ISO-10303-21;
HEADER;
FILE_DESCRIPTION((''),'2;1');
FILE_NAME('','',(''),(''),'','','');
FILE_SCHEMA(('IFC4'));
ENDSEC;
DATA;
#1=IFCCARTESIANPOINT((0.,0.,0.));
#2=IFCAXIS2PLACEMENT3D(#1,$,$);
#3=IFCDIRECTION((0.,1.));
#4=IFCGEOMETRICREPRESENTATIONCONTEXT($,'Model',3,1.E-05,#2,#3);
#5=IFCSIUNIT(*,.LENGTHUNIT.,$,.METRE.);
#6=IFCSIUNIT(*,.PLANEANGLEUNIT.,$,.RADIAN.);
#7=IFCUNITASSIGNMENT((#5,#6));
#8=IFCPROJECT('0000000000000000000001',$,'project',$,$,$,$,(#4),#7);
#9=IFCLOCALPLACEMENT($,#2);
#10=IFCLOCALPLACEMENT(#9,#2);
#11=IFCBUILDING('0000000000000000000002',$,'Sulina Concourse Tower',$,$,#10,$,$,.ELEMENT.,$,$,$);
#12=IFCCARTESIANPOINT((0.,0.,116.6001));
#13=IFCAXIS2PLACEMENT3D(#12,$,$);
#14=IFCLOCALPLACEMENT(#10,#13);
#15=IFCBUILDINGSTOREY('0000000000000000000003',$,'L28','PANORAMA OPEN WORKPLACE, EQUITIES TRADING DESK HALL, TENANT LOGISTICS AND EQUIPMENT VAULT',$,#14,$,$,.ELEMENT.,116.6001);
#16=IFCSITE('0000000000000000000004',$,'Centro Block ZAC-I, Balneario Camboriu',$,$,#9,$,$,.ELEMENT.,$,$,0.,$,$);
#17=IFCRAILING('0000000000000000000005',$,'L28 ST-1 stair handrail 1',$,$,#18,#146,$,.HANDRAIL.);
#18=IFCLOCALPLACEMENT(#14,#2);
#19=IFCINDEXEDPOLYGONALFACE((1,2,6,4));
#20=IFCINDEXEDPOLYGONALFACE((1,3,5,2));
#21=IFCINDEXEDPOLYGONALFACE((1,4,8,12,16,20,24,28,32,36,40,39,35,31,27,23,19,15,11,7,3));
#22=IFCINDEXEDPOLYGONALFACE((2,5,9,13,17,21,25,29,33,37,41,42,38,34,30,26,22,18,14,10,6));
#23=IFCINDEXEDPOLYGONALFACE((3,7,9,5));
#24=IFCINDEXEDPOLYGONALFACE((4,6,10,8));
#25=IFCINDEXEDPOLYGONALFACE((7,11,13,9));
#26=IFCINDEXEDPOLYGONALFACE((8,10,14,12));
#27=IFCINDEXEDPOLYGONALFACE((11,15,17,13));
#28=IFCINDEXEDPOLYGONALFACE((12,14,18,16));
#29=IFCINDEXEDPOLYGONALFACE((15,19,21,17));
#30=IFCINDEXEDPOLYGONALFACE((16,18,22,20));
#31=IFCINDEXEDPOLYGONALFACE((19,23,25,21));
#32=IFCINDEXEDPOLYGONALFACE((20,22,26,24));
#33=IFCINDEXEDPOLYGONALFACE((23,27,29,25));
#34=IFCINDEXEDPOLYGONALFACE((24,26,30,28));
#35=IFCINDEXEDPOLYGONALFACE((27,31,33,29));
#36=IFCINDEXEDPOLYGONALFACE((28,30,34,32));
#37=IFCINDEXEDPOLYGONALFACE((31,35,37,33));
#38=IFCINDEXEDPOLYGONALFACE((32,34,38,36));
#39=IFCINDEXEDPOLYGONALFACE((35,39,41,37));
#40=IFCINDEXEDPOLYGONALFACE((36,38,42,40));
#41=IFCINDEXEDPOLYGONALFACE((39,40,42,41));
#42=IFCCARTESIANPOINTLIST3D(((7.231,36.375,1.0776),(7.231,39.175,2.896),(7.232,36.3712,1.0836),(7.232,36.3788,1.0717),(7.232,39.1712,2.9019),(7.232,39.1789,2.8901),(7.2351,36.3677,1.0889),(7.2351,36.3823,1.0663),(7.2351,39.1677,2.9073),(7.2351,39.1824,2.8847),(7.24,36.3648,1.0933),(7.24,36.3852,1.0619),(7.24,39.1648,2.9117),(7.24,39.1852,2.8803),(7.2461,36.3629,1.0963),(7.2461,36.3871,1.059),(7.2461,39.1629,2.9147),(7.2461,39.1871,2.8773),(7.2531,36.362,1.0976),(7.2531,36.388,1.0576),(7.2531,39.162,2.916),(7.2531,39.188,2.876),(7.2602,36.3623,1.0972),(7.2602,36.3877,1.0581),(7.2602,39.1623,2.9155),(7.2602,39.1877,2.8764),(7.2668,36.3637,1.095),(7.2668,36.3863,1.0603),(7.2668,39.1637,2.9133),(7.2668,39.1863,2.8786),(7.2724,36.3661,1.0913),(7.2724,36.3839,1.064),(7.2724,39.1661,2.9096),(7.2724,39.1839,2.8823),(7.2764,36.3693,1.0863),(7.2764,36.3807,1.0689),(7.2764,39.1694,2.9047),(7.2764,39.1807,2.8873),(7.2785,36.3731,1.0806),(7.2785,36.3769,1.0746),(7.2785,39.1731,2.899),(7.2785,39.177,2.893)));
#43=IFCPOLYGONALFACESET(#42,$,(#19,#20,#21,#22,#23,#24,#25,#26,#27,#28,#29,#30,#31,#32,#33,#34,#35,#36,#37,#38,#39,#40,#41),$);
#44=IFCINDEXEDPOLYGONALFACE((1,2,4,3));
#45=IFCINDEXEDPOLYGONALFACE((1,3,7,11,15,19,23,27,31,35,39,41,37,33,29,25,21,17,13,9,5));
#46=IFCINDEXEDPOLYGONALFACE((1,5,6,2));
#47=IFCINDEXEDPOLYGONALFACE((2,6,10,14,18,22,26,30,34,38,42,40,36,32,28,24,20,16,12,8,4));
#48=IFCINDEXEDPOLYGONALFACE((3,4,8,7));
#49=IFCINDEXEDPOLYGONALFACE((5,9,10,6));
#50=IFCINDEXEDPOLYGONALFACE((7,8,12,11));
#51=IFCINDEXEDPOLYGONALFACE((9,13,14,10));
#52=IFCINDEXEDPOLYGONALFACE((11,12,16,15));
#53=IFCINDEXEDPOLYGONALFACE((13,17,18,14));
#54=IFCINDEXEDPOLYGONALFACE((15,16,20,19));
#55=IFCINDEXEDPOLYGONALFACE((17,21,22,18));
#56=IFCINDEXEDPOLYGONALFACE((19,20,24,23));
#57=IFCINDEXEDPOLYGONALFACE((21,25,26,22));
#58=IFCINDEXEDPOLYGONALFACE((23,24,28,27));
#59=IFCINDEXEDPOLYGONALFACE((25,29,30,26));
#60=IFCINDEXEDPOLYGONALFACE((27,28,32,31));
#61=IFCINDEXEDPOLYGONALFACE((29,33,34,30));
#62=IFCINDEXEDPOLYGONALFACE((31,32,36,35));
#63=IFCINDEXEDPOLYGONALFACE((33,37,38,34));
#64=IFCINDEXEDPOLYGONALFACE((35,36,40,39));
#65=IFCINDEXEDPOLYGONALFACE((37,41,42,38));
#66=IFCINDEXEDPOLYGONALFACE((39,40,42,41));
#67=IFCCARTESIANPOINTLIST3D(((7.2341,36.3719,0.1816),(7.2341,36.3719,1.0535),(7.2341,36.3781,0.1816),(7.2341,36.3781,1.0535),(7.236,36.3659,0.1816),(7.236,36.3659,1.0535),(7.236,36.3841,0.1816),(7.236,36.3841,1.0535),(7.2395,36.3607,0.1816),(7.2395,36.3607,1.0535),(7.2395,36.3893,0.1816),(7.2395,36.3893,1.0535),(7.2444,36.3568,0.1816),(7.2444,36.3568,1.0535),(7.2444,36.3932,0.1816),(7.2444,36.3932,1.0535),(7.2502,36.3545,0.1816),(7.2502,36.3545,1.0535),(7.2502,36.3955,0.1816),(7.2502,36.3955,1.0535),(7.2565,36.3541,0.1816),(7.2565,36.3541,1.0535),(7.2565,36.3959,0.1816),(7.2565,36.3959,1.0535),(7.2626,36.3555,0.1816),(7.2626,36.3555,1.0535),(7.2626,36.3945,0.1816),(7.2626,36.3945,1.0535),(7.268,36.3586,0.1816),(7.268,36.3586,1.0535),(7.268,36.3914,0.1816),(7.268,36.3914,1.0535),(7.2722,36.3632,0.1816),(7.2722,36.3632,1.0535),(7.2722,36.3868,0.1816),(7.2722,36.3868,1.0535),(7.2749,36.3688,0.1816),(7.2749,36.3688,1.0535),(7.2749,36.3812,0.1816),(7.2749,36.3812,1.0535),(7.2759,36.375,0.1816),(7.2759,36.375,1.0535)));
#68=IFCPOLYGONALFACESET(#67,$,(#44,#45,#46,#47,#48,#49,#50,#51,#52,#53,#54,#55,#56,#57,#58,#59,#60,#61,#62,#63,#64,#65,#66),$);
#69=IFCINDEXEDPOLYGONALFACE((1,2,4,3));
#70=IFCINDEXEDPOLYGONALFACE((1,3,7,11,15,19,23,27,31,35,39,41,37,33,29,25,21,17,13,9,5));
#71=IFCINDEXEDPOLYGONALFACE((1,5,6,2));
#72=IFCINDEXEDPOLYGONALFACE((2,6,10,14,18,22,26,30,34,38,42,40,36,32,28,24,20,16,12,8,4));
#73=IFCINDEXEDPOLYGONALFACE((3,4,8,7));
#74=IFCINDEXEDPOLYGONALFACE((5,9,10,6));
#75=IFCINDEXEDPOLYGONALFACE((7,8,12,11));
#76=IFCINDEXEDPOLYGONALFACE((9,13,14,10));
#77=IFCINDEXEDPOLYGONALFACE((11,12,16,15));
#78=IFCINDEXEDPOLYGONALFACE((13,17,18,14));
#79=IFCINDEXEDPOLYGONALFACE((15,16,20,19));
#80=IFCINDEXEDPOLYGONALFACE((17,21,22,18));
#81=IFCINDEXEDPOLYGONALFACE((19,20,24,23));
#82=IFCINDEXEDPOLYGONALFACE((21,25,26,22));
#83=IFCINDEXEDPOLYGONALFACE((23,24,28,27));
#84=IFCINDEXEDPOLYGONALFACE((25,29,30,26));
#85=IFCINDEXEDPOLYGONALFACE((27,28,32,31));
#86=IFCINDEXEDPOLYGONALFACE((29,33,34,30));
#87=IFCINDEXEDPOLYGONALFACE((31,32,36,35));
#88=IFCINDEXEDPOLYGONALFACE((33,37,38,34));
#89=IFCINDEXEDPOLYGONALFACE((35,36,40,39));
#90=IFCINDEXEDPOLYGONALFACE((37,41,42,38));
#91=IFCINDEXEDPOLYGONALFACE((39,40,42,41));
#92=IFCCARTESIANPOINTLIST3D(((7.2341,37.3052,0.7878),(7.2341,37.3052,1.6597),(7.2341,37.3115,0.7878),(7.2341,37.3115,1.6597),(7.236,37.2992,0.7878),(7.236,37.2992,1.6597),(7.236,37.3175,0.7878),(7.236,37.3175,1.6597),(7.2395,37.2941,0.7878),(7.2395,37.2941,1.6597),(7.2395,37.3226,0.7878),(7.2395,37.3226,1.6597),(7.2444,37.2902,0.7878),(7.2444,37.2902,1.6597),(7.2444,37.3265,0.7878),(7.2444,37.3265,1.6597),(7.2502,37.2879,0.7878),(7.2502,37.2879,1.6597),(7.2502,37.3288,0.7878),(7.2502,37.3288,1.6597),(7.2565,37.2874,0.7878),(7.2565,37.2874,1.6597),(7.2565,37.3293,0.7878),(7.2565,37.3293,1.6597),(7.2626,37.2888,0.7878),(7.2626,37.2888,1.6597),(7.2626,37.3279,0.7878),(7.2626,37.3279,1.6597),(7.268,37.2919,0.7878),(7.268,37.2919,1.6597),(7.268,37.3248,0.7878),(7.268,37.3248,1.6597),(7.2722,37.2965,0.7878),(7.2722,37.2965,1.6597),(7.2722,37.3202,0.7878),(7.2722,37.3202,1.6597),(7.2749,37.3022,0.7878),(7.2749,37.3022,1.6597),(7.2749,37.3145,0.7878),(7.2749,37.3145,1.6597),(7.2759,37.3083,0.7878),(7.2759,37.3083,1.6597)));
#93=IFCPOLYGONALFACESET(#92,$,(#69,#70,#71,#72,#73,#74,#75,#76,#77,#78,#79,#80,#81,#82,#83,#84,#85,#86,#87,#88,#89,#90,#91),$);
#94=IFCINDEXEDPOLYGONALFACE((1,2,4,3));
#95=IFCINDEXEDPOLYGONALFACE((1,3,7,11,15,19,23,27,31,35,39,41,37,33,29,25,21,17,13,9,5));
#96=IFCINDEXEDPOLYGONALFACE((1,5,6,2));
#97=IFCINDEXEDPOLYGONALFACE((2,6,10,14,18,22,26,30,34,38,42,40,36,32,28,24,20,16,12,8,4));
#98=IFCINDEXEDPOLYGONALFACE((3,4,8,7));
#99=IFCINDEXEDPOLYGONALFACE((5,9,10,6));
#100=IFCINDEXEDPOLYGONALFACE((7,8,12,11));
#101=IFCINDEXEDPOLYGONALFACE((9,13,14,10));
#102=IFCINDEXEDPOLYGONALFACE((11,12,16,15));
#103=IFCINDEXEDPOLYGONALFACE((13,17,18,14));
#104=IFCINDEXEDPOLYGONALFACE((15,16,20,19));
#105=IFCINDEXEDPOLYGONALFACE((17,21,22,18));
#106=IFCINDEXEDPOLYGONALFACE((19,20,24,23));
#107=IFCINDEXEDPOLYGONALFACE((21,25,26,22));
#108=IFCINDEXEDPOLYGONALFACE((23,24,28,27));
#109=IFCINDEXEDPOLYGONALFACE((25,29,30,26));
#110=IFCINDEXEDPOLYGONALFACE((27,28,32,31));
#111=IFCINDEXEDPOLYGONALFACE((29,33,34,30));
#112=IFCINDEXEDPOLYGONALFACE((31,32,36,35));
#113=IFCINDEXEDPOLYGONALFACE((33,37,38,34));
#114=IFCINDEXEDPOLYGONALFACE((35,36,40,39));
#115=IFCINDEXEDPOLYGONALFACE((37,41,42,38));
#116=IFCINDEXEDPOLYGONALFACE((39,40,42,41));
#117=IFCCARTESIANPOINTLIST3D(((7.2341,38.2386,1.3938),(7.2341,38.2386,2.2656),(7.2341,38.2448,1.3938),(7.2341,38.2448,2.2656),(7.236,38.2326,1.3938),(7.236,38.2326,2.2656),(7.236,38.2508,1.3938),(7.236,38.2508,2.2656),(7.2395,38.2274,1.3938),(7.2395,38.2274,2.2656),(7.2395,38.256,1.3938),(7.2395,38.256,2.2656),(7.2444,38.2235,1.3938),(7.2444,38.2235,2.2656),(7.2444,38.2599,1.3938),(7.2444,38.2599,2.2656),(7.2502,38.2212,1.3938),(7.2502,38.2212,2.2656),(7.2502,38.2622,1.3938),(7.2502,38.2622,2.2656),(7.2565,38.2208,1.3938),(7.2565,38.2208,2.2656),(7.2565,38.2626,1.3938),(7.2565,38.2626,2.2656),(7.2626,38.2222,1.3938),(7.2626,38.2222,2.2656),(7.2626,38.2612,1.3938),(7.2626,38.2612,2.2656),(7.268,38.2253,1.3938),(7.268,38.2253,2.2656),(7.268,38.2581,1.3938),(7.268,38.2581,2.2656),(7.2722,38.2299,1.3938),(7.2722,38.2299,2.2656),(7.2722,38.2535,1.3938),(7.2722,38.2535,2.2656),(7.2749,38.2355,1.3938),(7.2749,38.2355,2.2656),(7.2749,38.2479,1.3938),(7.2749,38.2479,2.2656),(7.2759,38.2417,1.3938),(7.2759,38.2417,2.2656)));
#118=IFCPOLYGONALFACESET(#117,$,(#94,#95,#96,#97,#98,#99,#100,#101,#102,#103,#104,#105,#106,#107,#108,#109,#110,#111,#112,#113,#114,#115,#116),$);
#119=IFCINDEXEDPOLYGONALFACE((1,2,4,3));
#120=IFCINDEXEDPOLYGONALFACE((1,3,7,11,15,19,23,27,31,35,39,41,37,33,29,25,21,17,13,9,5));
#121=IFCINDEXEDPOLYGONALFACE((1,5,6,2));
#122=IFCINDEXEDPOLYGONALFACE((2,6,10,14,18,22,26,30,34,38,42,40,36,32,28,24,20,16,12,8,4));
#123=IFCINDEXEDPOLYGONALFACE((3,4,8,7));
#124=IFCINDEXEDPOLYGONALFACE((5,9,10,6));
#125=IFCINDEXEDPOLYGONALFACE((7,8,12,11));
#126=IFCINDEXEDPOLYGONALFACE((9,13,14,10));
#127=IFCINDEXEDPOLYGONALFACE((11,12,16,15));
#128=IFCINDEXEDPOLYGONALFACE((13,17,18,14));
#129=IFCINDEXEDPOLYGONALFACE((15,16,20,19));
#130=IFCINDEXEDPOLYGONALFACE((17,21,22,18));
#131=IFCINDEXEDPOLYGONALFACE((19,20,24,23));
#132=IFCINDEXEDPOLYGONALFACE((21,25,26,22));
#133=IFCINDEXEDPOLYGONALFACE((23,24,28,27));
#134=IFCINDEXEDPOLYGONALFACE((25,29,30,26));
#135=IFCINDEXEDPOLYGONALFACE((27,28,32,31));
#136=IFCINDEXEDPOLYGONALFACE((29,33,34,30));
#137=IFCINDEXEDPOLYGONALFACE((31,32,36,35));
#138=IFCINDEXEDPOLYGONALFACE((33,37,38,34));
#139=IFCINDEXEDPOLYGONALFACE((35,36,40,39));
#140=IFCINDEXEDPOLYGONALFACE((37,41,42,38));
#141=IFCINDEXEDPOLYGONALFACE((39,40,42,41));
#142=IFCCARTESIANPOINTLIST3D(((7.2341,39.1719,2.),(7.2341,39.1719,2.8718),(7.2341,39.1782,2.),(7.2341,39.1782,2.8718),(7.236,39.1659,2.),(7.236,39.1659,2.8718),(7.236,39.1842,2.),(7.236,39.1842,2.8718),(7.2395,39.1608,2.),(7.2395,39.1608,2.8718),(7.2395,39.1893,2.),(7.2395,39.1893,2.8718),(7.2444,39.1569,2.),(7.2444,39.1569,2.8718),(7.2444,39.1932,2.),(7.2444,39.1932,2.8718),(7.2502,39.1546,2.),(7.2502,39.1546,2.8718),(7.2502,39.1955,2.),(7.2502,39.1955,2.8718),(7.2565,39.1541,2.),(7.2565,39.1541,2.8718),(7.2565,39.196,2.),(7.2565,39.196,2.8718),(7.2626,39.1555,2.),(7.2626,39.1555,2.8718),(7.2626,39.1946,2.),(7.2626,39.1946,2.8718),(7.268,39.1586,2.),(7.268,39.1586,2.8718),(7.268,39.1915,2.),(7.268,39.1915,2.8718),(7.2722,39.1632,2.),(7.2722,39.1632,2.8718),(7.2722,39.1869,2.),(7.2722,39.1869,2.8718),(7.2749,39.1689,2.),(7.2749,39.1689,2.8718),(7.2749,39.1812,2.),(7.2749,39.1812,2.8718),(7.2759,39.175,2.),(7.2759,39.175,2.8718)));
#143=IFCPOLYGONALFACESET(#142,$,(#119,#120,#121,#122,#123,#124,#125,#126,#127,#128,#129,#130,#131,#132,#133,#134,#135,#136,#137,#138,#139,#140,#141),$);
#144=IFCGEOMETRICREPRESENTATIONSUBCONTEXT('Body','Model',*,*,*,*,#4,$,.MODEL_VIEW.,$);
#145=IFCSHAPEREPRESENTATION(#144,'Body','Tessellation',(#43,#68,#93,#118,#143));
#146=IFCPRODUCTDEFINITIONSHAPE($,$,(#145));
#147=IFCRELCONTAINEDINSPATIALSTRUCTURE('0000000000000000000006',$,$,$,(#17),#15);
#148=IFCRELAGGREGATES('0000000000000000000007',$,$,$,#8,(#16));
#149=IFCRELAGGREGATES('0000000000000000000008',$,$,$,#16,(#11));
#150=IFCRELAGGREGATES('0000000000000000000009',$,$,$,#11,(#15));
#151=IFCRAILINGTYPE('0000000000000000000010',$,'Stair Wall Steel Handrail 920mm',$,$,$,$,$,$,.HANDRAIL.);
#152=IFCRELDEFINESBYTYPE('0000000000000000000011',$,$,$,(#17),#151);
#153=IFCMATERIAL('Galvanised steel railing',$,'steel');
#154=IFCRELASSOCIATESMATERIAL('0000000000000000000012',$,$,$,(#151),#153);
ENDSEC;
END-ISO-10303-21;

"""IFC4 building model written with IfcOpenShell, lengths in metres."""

from ifc_helpers import new_model, si_unit, direction, frame, origin, origin_2d, place, context, subcontext, project, spatial, circle, extrude, material, type_object, element, save


model = new_model("IFC4")

# Units and contexts
model_context = context("Model", 3, precision=1e-05, world=origin(), true_north=direction((0.0, 1.0)))
body_context = subcontext(model_context, "Body", "Model", "MODEL_VIEW")
ifc_project = project(units=[si_unit("LENGTHUNIT", "METRE"), si_unit("PLANEANGLEUNIT", "RADIAN")], contexts=[model_context])

# Site, building, storey
site_placement = place(None, origin())
site = spatial("IfcSite", under=ifc_project, at=site_placement, Name="Centro Block ZAC-I, Balneario Camboriu", CompositionType="ELEMENT", RefElevation=0.0)
building_placement = place(site_placement, origin())
building = spatial("IfcBuilding", under=site, at=building_placement, Name="Sulina Concourse Tower", CompositionType="ELEMENT")
storey_placement = place(building_placement, frame((0.0, 0.0, 116.6001)))
storey = spatial("IfcBuildingStorey", under=building, at=storey_placement, Name="L28", Description="PANORAMA OPEN WORKPLACE, EQUITIES TRADING DESK HALL, TENANT LOGISTICS AND EQUIPMENT VAULT", CompositionType="ELEMENT", Elevation=116.6001)

# Railing
ifc_material_1 = material(Name="Galvanised steel railing", Category="steel")
railing_type_1 = type_object("IfcRailingType", Name="Stair Wall Steel Handrail 920mm", PredefinedType="HANDRAIL", material=ifc_material_1)
railing_1_placement = place(storey_placement, frame((7.2549, 36.375, 0.1816)))
element("IfcRailing", 1, at=railing_1_placement, inside=storey, type_object=railing_type_1, Name="L28 ST-1 stair handrail 1", PredefinedType="HANDRAIL", context=body_context, shape_type="SweptSolid", body=[
    extrude(circle(Radius=0.0239, at=origin_2d()), frame((0.0, 0.0, 0.896), z_axis=(0.0, 0.838672, 0.544636), x_axis=(-1.0, 0.0, 0.0)), (0.0, 0.0, 1.0), 3.3386),
    extrude(circle(Radius=0.021, at=origin_2d()), origin(), (0.0, 0.0, 1.0), 0.8718),
    extrude(circle(Radius=0.021, at=origin_2d()), frame((0.0, 0.9333, 0.6062)), (0.0, 0.0, 1.0), 0.8718),
    extrude(circle(Radius=0.021, at=origin_2d()), frame((0.0, 1.8667, 1.2122)), (0.0, 0.0, 1.0), 0.8718),
    extrude(circle(Radius=0.021, at=origin_2d()), frame((0.0, 2.8, 1.8184)), (0.0, 0.0, 1.0), 0.8718),
])

save(model, "model.ifc")
